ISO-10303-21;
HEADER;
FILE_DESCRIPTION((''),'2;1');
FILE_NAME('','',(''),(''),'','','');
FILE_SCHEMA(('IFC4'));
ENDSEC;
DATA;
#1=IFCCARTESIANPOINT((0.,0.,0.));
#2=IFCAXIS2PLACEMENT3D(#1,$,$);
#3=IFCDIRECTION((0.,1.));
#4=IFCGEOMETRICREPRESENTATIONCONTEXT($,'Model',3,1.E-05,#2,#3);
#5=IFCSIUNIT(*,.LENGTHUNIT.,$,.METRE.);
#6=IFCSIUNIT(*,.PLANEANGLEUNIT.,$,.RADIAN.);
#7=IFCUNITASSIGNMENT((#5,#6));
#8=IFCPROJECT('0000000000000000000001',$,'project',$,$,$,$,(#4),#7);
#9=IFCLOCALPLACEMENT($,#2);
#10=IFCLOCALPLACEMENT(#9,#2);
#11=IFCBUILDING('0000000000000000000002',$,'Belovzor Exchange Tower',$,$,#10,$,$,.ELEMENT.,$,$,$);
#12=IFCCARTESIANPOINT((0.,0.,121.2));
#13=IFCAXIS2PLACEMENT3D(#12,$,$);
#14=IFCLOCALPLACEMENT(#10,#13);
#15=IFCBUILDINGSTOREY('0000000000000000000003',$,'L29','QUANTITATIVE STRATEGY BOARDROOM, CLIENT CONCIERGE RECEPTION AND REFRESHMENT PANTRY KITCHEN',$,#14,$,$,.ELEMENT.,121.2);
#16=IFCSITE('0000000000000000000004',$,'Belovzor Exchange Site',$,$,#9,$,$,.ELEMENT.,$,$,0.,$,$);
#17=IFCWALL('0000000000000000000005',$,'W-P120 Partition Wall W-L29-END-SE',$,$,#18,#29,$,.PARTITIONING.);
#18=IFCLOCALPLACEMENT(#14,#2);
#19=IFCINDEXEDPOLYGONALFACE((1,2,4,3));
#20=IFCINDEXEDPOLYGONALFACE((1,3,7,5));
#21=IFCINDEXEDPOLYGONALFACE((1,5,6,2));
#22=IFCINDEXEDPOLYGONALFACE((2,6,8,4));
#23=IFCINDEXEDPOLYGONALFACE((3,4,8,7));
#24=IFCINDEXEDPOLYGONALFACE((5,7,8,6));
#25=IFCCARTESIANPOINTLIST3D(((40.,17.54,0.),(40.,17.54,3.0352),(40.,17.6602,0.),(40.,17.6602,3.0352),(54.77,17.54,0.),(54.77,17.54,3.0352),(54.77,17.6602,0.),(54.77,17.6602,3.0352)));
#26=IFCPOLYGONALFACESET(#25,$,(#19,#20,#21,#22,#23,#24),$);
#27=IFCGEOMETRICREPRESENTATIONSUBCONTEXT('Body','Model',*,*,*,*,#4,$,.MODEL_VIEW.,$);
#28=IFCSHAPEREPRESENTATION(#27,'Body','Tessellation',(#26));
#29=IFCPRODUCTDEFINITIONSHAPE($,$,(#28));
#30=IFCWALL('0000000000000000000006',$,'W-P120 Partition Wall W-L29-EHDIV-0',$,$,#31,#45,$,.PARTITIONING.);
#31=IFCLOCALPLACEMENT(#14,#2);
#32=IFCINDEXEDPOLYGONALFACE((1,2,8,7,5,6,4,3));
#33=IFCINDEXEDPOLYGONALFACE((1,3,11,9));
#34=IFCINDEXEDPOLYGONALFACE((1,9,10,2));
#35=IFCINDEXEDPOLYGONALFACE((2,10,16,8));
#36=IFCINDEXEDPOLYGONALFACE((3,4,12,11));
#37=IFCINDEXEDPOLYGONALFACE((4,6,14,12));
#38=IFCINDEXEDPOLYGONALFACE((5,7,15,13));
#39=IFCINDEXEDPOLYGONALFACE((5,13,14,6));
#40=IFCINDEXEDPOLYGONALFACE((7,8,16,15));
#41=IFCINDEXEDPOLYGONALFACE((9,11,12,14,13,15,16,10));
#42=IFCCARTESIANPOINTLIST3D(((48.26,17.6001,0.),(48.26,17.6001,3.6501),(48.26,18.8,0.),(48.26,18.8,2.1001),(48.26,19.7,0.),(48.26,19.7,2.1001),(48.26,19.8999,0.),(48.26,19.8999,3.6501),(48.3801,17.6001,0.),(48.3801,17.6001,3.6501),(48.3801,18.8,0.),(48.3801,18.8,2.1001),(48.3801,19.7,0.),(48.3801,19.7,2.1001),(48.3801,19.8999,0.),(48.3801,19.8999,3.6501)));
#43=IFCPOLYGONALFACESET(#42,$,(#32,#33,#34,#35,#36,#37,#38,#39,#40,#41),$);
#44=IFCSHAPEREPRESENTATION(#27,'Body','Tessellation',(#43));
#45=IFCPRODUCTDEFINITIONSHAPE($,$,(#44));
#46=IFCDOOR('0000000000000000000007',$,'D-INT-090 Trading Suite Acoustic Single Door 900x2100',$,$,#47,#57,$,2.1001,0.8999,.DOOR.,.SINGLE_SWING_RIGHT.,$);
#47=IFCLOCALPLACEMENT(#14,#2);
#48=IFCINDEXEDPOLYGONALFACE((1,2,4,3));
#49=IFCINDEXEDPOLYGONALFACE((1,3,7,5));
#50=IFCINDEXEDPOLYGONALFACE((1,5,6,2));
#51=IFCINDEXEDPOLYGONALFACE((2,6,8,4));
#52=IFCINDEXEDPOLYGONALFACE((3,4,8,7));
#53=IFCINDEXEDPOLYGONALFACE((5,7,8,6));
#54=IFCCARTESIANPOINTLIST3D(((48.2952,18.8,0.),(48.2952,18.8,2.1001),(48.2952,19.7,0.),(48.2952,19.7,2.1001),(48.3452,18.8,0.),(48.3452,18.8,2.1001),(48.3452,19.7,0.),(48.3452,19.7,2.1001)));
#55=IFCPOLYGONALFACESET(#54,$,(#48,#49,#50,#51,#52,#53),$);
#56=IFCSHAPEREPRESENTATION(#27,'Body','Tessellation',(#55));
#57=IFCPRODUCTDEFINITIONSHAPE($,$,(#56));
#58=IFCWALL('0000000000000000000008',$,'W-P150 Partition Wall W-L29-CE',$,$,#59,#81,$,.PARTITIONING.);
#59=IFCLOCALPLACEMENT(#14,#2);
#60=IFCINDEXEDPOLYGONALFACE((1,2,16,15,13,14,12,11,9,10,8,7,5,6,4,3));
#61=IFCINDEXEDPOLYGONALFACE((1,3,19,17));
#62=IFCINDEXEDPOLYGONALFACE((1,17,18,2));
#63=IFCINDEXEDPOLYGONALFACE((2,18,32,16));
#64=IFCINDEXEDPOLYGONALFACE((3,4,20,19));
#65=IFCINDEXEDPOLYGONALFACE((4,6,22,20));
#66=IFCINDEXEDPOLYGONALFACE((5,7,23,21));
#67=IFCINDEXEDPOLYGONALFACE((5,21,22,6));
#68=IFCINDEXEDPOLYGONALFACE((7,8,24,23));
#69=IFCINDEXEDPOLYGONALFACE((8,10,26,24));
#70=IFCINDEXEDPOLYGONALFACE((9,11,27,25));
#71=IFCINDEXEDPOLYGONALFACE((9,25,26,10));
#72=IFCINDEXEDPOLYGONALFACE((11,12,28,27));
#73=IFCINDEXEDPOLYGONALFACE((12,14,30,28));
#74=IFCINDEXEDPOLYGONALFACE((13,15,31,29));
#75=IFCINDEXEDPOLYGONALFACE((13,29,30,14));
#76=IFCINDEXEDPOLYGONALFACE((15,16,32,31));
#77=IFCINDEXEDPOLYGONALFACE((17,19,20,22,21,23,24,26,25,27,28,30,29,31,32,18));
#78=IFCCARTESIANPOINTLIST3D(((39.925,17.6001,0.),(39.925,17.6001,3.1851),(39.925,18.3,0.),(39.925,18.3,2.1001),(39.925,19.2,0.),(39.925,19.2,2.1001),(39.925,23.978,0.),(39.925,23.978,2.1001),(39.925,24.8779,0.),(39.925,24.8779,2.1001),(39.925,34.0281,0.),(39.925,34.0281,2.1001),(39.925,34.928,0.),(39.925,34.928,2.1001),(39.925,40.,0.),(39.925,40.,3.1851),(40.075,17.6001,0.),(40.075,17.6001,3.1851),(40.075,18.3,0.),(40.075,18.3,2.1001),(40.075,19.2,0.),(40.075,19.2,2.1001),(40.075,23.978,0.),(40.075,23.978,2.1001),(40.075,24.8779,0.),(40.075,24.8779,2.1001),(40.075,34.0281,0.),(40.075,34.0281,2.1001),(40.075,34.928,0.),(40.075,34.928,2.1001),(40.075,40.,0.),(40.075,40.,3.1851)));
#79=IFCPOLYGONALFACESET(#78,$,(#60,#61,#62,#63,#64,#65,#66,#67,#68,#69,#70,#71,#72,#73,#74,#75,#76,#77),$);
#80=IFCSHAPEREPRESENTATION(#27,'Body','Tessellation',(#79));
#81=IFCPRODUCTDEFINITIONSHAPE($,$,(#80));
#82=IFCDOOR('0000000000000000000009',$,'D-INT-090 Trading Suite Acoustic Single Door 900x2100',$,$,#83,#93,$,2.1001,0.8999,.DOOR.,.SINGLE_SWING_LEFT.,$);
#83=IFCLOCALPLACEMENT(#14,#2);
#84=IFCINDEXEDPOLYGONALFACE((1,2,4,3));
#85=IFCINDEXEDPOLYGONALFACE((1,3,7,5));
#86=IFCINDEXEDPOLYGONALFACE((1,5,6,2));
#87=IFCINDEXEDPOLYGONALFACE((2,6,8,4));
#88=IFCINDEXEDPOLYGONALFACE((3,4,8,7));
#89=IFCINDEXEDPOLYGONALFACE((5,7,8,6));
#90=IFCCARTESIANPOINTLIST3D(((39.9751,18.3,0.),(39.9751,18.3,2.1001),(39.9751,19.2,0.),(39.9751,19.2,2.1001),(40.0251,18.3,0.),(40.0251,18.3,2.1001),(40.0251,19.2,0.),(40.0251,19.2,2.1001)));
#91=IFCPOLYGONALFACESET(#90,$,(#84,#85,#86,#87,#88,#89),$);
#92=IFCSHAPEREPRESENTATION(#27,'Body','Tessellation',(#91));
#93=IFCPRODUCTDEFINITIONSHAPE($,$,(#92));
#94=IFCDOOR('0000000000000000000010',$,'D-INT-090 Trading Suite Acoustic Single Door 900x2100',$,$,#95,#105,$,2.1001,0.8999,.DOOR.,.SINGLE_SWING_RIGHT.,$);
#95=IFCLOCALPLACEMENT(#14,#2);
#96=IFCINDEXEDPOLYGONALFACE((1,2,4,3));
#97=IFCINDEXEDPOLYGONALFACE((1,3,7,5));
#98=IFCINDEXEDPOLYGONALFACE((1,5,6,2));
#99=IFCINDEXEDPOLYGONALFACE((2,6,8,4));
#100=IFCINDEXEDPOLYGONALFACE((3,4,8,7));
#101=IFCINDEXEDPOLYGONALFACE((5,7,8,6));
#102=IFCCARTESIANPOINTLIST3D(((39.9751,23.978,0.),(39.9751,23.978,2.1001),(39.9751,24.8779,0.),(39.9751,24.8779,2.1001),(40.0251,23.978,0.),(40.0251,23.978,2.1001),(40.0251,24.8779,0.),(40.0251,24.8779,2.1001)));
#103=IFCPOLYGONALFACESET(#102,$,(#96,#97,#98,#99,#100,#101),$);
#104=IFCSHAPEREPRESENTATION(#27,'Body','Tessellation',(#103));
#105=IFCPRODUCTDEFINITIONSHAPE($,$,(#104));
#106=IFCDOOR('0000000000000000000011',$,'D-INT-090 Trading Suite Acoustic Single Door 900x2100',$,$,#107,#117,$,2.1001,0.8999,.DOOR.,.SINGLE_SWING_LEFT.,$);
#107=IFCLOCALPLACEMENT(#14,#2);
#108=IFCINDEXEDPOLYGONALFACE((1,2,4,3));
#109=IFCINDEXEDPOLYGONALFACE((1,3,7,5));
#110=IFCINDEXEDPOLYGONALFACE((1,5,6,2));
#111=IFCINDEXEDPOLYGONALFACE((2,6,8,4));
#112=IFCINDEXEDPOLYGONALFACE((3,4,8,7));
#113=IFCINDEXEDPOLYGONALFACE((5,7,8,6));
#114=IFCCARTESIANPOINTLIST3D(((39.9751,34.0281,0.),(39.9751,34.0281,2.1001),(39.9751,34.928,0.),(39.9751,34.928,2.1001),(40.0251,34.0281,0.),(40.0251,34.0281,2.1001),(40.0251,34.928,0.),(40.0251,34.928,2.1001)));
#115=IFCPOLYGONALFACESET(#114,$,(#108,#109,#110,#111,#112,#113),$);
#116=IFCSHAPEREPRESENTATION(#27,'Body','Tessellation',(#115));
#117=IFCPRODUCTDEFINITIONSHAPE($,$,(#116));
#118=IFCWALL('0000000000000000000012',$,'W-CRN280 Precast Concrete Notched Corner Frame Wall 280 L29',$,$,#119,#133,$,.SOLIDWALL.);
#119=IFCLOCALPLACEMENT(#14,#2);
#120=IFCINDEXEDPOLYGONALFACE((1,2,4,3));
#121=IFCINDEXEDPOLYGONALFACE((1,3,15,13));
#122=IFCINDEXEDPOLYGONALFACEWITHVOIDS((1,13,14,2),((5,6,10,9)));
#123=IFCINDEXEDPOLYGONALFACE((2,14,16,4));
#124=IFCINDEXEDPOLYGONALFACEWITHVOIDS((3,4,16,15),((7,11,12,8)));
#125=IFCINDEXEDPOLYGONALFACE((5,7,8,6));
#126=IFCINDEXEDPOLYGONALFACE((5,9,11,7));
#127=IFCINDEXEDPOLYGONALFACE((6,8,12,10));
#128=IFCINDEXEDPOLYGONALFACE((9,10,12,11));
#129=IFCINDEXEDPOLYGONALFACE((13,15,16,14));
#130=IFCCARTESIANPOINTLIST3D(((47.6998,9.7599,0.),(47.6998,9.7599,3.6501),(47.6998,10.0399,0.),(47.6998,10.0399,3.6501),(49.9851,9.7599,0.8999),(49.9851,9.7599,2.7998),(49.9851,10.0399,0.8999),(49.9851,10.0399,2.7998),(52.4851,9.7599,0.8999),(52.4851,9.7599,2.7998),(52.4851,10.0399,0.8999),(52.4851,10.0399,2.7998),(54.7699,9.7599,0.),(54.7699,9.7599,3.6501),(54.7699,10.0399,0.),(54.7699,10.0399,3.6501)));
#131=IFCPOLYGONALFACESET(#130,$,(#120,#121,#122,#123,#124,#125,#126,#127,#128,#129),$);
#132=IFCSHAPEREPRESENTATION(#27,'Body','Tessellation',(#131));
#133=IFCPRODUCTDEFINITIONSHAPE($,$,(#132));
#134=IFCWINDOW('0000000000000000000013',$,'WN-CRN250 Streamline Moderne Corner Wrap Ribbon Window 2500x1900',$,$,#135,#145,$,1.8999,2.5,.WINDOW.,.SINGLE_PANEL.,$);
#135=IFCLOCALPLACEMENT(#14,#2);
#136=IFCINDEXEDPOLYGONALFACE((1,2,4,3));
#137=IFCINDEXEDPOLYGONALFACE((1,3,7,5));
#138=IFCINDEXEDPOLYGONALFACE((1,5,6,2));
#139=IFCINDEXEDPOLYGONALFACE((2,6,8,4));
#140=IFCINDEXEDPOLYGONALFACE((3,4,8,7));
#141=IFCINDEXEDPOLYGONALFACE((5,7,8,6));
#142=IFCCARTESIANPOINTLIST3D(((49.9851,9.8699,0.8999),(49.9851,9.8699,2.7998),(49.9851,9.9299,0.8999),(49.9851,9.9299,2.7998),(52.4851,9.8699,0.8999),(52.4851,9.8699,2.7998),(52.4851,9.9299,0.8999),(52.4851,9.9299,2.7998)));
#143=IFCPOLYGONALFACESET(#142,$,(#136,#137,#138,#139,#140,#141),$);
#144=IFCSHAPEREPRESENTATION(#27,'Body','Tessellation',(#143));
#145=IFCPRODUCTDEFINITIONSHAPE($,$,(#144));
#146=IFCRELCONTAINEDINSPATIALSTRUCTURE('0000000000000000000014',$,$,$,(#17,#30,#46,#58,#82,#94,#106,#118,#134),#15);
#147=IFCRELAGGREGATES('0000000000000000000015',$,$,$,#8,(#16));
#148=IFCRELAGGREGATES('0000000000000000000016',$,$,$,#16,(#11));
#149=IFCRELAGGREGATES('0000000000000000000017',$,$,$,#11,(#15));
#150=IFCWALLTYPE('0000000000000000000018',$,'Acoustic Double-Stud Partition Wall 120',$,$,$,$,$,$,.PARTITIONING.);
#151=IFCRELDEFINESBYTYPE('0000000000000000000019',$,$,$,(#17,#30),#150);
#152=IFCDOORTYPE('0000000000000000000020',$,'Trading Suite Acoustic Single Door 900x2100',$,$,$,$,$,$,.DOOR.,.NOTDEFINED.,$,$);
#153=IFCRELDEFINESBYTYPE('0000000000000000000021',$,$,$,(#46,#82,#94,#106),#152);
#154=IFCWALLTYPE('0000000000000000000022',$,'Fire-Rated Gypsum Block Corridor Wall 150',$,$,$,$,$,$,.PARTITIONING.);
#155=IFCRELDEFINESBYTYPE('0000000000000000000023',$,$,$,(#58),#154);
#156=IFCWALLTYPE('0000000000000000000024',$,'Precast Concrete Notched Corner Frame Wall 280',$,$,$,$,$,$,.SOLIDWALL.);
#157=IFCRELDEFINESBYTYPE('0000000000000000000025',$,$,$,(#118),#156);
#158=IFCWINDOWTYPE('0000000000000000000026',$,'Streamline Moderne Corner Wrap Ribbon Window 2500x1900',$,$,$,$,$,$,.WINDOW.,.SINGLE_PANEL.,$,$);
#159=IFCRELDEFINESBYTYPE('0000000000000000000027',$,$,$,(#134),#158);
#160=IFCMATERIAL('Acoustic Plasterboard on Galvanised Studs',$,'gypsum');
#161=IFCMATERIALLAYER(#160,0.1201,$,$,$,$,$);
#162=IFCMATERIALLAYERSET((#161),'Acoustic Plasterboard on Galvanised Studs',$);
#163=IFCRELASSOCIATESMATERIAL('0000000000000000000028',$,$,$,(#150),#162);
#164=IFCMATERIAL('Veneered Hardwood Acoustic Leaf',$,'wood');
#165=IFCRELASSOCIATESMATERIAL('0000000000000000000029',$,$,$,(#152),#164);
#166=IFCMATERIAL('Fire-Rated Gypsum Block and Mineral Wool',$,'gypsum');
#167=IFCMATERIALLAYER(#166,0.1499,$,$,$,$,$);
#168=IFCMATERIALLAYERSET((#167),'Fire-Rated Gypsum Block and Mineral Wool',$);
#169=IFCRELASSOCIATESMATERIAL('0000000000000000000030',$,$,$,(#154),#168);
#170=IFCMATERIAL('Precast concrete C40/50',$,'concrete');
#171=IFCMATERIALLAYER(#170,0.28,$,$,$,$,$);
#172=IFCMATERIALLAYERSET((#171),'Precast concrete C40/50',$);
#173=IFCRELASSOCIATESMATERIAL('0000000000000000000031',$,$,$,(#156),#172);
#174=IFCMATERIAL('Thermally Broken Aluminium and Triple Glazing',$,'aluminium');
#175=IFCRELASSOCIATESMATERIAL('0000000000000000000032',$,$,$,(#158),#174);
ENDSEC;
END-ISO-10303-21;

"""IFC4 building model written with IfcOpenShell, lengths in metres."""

from ifc_helpers import new_model, si_unit, direction, frame, frame_2d, origin, place, context, subcontext, project, spatial, rectangle, extrude, material, layer, layer_set, type_object, element, fill, save


model = new_model("IFC4")

# Units and contexts
model_context = context("Model", 3, precision=1e-05, world=origin(), true_north=direction((0.0, 1.0)))
body_context = subcontext(model_context, "Body", "Model", "MODEL_VIEW")
ifc_project = project(units=[si_unit("LENGTHUNIT", "METRE"), si_unit("PLANEANGLEUNIT", "RADIAN")], contexts=[model_context])

# Site, building, storey
site_placement = place(None, origin())
site = spatial("IfcSite", under=ifc_project, at=site_placement, Name="Belovzor Exchange Site", CompositionType="ELEMENT", RefElevation=0.0)
building_placement = place(site_placement, origin())
building = spatial("IfcBuilding", under=site, at=building_placement, Name="Belovzor Exchange Tower", CompositionType="ELEMENT")
storey_placement = place(building_placement, frame((0.0, 0.0, 121.2)))
storey = spatial("IfcBuildingStorey", under=building, at=storey_placement, Name="L29", Description="QUANTITATIVE STRATEGY BOARDROOM, CLIENT CONCIERGE RECEPTION AND REFRESHMENT PANTRY KITCHEN", CompositionType="ELEMENT", Elevation=121.2)

# Wall
ifc_material_1 = material(Name="Acoustic Plasterboard on Galvanised Studs", Category="gypsum")
ifc_layer_1 = layer(ifc_material_1, 0.1201)
ifc_layer_set_1 = layer_set([ifc_layer_1], Name="Acoustic Plasterboard on Galvanised Studs")
wall_type_1 = type_object("IfcWallType", Name="Acoustic Double-Stud Partition Wall 120", PredefinedType="PARTITIONING", material=ifc_layer_set_1)
wall_1_placement = place(storey_placement, frame((40.0, 17.6001, 0.0), z_axis=(0.0, 0.0, 1.0), x_axis=(1.0, 0.0, 0.0)))
element("IfcWall", 1, at=wall_1_placement, inside=storey, type_object=wall_type_1, Name="W-P120 Partition Wall W-L29-END-SE", PredefinedType="PARTITIONING", context=body_context, shape_type="SweptSolid", body=[
    extrude(rectangle(XDim=14.77, YDim=0.1201, at=frame_2d((7.385, 0.0))), origin(), (0.0, 0.0, 1.0), 3.0352),
])

# Wall, opening, door
wall_2_placement = place(storey_placement, frame((48.3201, 17.6001, 0.0), z_axis=(0.0, 0.0, 1.0), x_axis=(0.0, 1.0, 0.0)))
wall_2 = element("IfcWall", 2, at=wall_2_placement, inside=storey, type_object=wall_type_1, Name="W-P120 Partition Wall W-L29-EHDIV-0", PredefinedType="PARTITIONING", context=body_context, shape_type="SweptSolid", body=[
    extrude(rectangle(XDim=2.2998, YDim=0.1201, at=frame_2d((1.1499, 0.0))), origin(), (0.0, 0.0, 1.0), 3.6501),
])
opening_1_placement = place(wall_2_placement, frame((1.2, 0.0, 0.0)))
opening_1 = element("IfcOpeningElement", 3, at=opening_1_placement, cuts=wall_2, PredefinedType="OPENING", context=body_context, shape_type="SweptSolid", body=[
    extrude(rectangle(XDim=0.8999, YDim=2.1001, at=frame_2d((0.45, 1.05))), frame((0.0, 0.0701, 0.0), z_axis=(0.0, -1.0, 0.0), x_axis=(1.0, 0.0, 0.0)), (0.0, 0.0, 1.0), 0.1401),
])
ifc_material_2 = material(Name="Veneered Hardwood Acoustic Leaf", Category="wood")
door_type_1 = type_object("IfcDoorType", Name="Trading Suite Acoustic Single Door 900x2100", OperationType="NOTDEFINED", PredefinedType="DOOR", material=ifc_material_2)
door_1_placement = place(opening_1_placement, origin())
door_1 = element("IfcDoor", 4, at=door_1_placement, inside=storey, type_object=door_type_1, Name="D-INT-090 Trading Suite Acoustic Single Door 900x2100", OperationType="SINGLE_SWING_RIGHT", OverallHeight=2.1001, OverallWidth=0.8999, PredefinedType="DOOR", context=body_context, shape_type="SweptSolid", body=[
    extrude(rectangle(XDim=0.8999, YDim=2.1001, at=frame_2d((0.45, 1.05))), frame((0.0, 0.0249, 0.0), z_axis=(0.0, -1.0, 0.0), x_axis=(1.0, 0.0, 0.0)), (0.0, 0.0, 1.0), 0.05),
])
fill(opening_1, door_1)

# Wall, openings, doors
ifc_material_3 = material(Name="Fire-Rated Gypsum Block and Mineral Wool", Category="gypsum")
ifc_layer_2 = layer(ifc_material_3, 0.1499)
ifc_layer_set_2 = layer_set([ifc_layer_2], Name="Fire-Rated Gypsum Block and Mineral Wool")
wall_type_2 = type_object("IfcWallType", Name="Fire-Rated Gypsum Block Corridor Wall 150", PredefinedType="PARTITIONING", material=ifc_layer_set_2)
wall_3_placement = place(storey_placement, frame((40.0, 17.6001, 0.0), z_axis=(0.0, 0.0, 1.0), x_axis=(0.0, 1.0, 0.0)))
wall_3 = element("IfcWall", 5, at=wall_3_placement, inside=storey, type_object=wall_type_2, Name="W-P150 Partition Wall W-L29-CE", PredefinedType="PARTITIONING", context=body_context, shape_type="SweptSolid", body=[
    extrude(rectangle(XDim=22.3999, YDim=0.1499, at=frame_2d((11.2, 0.0))), origin(), (0.0, 0.0, 1.0), 3.1851),
])
opening_2_placement = place(wall_3_placement, frame((0.7, 0.0, 0.0)))
opening_2 = element("IfcOpeningElement", 6, at=opening_2_placement, cuts=wall_3, PredefinedType="OPENING", context=body_context, shape_type="SweptSolid", body=[
    extrude(rectangle(XDim=0.8999, YDim=2.1001, at=frame_2d((0.45, 1.05))), frame((0.0, 0.085, 0.0), z_axis=(0.0, -1.0, 0.0), x_axis=(1.0, 0.0, 0.0)), (0.0, 0.0, 1.0), 0.1699),
])
opening_3_placement = place(wall_3_placement, frame((6.3779, 0.0, 0.0)))
opening_3 = element("IfcOpeningElement", 7, at=opening_3_placement, cuts=wall_3, PredefinedType="OPENING", context=body_context, shape_type="SweptSolid", body=[
    extrude(rectangle(XDim=0.8999, YDim=2.1001, at=frame_2d((0.45, 1.05))), frame((0.0, 0.085, 0.0), z_axis=(0.0, -1.0, 0.0), x_axis=(1.0, 0.0, 0.0)), (0.0, 0.0, 1.0), 0.1699),
])
opening_4_placement = place(wall_3_placement, frame((16.428, 0.0, 0.0)))
opening_4 = element("IfcOpeningElement", 8, at=opening_4_placement, cuts=wall_3, PredefinedType="OPENING", context=body_context, shape_type="SweptSolid", body=[
    extrude(rectangle(XDim=0.8999, YDim=2.1001, at=frame_2d((0.45, 1.05))), frame((0.0, 0.085, 0.0), z_axis=(0.0, -1.0, 0.0), x_axis=(1.0, 0.0, 0.0)), (0.0, 0.0, 1.0), 0.1699),
])
door_2_placement = place(opening_2_placement, origin())
door_2 = element("IfcDoor", 9, at=door_2_placement, inside=storey, type_object=door_type_1, Name="D-INT-090 Trading Suite Acoustic Single Door 900x2100", OperationType="SINGLE_SWING_LEFT", OverallHeight=2.1001, OverallWidth=0.8999, PredefinedType="DOOR", context=body_context, shape_type="SweptSolid", body=[
    extrude(rectangle(XDim=0.8999, YDim=2.1001, at=frame_2d((0.45, 1.05))), frame((0.0, 0.0249, 0.0), z_axis=(0.0, -1.0, 0.0), x_axis=(1.0, 0.0, 0.0)), (0.0, 0.0, 1.0), 0.05),
])
fill(opening_2, door_2)
door_3_placement = place(opening_3_placement, origin())
door_3 = element("IfcDoor", 10, at=door_3_placement, inside=storey, type_object=door_type_1, Name="D-INT-090 Trading Suite Acoustic Single Door 900x2100", OperationType="SINGLE_SWING_RIGHT", OverallHeight=2.1001, OverallWidth=0.8999, PredefinedType="DOOR", context=body_context, shape_type="SweptSolid", body=[
    extrude(rectangle(XDim=0.8999, YDim=2.1001, at=frame_2d((0.45, 1.05))), frame((0.0, 0.0249, 0.0), z_axis=(0.0, -1.0, 0.0), x_axis=(1.0, 0.0, 0.0)), (0.0, 0.0, 1.0), 0.05),
])
fill(opening_3, door_3)
door_4_placement = place(opening_4_placement, origin())
door_4 = element("IfcDoor", 11, at=door_4_placement, inside=storey, type_object=door_type_1, Name="D-INT-090 Trading Suite Acoustic Single Door 900x2100", OperationType="SINGLE_SWING_LEFT", OverallHeight=2.1001, OverallWidth=0.8999, PredefinedType="DOOR", context=body_context, shape_type="SweptSolid", body=[
    extrude(rectangle(XDim=0.8999, YDim=2.1001, at=frame_2d((0.45, 1.05))), frame((0.0, 0.0249, 0.0), z_axis=(0.0, -1.0, 0.0), x_axis=(1.0, 0.0, 0.0)), (0.0, 0.0, 1.0), 0.05),
])
fill(opening_4, door_4)

# Wall, opening, window
ifc_material_4 = material(Name="Precast concrete C40/50", Category="concrete")
ifc_layer_3 = layer(ifc_material_4, 0.28)
ifc_layer_set_3 = layer_set([ifc_layer_3], Name="Precast concrete C40/50")
wall_type_3 = type_object("IfcWallType", Name="Precast Concrete Notched Corner Frame Wall 280", PredefinedType="SOLIDWALL", material=ifc_layer_set_3)
wall_4_placement = place(storey_placement, frame((54.77, 9.8999, 0.0), z_axis=(0.0, 0.0, 1.0), x_axis=(-1.0, 0.0, 0.0)))
wall_4 = element("IfcWall", 12, at=wall_4_placement, inside=storey, type_object=wall_type_3, Name="W-CRN280 Precast Concrete Notched Corner Frame Wall 280 L29", PredefinedType="SOLIDWALL", context=body_context, shape_type="SweptSolid", body=[
    extrude(rectangle(XDim=7.0701, YDim=0.28, at=frame_2d((3.5352, 0.0))), origin(), (0.0, 0.0, 1.0), 3.6501),
])
opening_5_placement = place(wall_4_placement, frame((2.2849, 0.0, 0.8999)))
opening_5 = element("IfcOpeningElement", 13, at=opening_5_placement, cuts=wall_4, PredefinedType="OPENING", context=body_context, shape_type="SweptSolid", body=[
    extrude(rectangle(XDim=2.5, YDim=1.8999, at=frame_2d((1.25, 0.95))), frame((0.0, 0.1499, 0.0), z_axis=(0.0, -1.0, 0.0), x_axis=(1.0, 0.0, 0.0)), (0.0, 0.0, 1.0), 0.3),
])
ifc_material_5 = material(Name="Thermally Broken Aluminium and Triple Glazing", Category="aluminium")
window_type = type_object("IfcWindowType", Name="Streamline Moderne Corner Wrap Ribbon Window 2500x1900", PartitioningType="SINGLE_PANEL", PredefinedType="WINDOW", material=ifc_material_5)
window_1_placement = place(opening_5_placement, origin())
window_1 = element("IfcWindow", 14, at=window_1_placement, inside=storey, type_object=window_type, Name="WN-CRN250 Streamline Moderne Corner Wrap Ribbon Window 2500x1900", OverallHeight=1.8999, OverallWidth=2.5, PartitioningType="SINGLE_PANEL", PredefinedType="WINDOW", context=body_context, shape_type="SweptSolid", body=[
    extrude(rectangle(XDim=2.5, YDim=1.8999, at=frame_2d((1.25, 0.95))), frame((0.0, 0.03, 0.0), z_axis=(0.0, -1.0, 0.0), x_axis=(1.0, 0.0, 0.0)), (0.0, 0.0, 1.0), 0.0601),
])
fill(opening_5, window_1)

save(model, "model.ifc")
